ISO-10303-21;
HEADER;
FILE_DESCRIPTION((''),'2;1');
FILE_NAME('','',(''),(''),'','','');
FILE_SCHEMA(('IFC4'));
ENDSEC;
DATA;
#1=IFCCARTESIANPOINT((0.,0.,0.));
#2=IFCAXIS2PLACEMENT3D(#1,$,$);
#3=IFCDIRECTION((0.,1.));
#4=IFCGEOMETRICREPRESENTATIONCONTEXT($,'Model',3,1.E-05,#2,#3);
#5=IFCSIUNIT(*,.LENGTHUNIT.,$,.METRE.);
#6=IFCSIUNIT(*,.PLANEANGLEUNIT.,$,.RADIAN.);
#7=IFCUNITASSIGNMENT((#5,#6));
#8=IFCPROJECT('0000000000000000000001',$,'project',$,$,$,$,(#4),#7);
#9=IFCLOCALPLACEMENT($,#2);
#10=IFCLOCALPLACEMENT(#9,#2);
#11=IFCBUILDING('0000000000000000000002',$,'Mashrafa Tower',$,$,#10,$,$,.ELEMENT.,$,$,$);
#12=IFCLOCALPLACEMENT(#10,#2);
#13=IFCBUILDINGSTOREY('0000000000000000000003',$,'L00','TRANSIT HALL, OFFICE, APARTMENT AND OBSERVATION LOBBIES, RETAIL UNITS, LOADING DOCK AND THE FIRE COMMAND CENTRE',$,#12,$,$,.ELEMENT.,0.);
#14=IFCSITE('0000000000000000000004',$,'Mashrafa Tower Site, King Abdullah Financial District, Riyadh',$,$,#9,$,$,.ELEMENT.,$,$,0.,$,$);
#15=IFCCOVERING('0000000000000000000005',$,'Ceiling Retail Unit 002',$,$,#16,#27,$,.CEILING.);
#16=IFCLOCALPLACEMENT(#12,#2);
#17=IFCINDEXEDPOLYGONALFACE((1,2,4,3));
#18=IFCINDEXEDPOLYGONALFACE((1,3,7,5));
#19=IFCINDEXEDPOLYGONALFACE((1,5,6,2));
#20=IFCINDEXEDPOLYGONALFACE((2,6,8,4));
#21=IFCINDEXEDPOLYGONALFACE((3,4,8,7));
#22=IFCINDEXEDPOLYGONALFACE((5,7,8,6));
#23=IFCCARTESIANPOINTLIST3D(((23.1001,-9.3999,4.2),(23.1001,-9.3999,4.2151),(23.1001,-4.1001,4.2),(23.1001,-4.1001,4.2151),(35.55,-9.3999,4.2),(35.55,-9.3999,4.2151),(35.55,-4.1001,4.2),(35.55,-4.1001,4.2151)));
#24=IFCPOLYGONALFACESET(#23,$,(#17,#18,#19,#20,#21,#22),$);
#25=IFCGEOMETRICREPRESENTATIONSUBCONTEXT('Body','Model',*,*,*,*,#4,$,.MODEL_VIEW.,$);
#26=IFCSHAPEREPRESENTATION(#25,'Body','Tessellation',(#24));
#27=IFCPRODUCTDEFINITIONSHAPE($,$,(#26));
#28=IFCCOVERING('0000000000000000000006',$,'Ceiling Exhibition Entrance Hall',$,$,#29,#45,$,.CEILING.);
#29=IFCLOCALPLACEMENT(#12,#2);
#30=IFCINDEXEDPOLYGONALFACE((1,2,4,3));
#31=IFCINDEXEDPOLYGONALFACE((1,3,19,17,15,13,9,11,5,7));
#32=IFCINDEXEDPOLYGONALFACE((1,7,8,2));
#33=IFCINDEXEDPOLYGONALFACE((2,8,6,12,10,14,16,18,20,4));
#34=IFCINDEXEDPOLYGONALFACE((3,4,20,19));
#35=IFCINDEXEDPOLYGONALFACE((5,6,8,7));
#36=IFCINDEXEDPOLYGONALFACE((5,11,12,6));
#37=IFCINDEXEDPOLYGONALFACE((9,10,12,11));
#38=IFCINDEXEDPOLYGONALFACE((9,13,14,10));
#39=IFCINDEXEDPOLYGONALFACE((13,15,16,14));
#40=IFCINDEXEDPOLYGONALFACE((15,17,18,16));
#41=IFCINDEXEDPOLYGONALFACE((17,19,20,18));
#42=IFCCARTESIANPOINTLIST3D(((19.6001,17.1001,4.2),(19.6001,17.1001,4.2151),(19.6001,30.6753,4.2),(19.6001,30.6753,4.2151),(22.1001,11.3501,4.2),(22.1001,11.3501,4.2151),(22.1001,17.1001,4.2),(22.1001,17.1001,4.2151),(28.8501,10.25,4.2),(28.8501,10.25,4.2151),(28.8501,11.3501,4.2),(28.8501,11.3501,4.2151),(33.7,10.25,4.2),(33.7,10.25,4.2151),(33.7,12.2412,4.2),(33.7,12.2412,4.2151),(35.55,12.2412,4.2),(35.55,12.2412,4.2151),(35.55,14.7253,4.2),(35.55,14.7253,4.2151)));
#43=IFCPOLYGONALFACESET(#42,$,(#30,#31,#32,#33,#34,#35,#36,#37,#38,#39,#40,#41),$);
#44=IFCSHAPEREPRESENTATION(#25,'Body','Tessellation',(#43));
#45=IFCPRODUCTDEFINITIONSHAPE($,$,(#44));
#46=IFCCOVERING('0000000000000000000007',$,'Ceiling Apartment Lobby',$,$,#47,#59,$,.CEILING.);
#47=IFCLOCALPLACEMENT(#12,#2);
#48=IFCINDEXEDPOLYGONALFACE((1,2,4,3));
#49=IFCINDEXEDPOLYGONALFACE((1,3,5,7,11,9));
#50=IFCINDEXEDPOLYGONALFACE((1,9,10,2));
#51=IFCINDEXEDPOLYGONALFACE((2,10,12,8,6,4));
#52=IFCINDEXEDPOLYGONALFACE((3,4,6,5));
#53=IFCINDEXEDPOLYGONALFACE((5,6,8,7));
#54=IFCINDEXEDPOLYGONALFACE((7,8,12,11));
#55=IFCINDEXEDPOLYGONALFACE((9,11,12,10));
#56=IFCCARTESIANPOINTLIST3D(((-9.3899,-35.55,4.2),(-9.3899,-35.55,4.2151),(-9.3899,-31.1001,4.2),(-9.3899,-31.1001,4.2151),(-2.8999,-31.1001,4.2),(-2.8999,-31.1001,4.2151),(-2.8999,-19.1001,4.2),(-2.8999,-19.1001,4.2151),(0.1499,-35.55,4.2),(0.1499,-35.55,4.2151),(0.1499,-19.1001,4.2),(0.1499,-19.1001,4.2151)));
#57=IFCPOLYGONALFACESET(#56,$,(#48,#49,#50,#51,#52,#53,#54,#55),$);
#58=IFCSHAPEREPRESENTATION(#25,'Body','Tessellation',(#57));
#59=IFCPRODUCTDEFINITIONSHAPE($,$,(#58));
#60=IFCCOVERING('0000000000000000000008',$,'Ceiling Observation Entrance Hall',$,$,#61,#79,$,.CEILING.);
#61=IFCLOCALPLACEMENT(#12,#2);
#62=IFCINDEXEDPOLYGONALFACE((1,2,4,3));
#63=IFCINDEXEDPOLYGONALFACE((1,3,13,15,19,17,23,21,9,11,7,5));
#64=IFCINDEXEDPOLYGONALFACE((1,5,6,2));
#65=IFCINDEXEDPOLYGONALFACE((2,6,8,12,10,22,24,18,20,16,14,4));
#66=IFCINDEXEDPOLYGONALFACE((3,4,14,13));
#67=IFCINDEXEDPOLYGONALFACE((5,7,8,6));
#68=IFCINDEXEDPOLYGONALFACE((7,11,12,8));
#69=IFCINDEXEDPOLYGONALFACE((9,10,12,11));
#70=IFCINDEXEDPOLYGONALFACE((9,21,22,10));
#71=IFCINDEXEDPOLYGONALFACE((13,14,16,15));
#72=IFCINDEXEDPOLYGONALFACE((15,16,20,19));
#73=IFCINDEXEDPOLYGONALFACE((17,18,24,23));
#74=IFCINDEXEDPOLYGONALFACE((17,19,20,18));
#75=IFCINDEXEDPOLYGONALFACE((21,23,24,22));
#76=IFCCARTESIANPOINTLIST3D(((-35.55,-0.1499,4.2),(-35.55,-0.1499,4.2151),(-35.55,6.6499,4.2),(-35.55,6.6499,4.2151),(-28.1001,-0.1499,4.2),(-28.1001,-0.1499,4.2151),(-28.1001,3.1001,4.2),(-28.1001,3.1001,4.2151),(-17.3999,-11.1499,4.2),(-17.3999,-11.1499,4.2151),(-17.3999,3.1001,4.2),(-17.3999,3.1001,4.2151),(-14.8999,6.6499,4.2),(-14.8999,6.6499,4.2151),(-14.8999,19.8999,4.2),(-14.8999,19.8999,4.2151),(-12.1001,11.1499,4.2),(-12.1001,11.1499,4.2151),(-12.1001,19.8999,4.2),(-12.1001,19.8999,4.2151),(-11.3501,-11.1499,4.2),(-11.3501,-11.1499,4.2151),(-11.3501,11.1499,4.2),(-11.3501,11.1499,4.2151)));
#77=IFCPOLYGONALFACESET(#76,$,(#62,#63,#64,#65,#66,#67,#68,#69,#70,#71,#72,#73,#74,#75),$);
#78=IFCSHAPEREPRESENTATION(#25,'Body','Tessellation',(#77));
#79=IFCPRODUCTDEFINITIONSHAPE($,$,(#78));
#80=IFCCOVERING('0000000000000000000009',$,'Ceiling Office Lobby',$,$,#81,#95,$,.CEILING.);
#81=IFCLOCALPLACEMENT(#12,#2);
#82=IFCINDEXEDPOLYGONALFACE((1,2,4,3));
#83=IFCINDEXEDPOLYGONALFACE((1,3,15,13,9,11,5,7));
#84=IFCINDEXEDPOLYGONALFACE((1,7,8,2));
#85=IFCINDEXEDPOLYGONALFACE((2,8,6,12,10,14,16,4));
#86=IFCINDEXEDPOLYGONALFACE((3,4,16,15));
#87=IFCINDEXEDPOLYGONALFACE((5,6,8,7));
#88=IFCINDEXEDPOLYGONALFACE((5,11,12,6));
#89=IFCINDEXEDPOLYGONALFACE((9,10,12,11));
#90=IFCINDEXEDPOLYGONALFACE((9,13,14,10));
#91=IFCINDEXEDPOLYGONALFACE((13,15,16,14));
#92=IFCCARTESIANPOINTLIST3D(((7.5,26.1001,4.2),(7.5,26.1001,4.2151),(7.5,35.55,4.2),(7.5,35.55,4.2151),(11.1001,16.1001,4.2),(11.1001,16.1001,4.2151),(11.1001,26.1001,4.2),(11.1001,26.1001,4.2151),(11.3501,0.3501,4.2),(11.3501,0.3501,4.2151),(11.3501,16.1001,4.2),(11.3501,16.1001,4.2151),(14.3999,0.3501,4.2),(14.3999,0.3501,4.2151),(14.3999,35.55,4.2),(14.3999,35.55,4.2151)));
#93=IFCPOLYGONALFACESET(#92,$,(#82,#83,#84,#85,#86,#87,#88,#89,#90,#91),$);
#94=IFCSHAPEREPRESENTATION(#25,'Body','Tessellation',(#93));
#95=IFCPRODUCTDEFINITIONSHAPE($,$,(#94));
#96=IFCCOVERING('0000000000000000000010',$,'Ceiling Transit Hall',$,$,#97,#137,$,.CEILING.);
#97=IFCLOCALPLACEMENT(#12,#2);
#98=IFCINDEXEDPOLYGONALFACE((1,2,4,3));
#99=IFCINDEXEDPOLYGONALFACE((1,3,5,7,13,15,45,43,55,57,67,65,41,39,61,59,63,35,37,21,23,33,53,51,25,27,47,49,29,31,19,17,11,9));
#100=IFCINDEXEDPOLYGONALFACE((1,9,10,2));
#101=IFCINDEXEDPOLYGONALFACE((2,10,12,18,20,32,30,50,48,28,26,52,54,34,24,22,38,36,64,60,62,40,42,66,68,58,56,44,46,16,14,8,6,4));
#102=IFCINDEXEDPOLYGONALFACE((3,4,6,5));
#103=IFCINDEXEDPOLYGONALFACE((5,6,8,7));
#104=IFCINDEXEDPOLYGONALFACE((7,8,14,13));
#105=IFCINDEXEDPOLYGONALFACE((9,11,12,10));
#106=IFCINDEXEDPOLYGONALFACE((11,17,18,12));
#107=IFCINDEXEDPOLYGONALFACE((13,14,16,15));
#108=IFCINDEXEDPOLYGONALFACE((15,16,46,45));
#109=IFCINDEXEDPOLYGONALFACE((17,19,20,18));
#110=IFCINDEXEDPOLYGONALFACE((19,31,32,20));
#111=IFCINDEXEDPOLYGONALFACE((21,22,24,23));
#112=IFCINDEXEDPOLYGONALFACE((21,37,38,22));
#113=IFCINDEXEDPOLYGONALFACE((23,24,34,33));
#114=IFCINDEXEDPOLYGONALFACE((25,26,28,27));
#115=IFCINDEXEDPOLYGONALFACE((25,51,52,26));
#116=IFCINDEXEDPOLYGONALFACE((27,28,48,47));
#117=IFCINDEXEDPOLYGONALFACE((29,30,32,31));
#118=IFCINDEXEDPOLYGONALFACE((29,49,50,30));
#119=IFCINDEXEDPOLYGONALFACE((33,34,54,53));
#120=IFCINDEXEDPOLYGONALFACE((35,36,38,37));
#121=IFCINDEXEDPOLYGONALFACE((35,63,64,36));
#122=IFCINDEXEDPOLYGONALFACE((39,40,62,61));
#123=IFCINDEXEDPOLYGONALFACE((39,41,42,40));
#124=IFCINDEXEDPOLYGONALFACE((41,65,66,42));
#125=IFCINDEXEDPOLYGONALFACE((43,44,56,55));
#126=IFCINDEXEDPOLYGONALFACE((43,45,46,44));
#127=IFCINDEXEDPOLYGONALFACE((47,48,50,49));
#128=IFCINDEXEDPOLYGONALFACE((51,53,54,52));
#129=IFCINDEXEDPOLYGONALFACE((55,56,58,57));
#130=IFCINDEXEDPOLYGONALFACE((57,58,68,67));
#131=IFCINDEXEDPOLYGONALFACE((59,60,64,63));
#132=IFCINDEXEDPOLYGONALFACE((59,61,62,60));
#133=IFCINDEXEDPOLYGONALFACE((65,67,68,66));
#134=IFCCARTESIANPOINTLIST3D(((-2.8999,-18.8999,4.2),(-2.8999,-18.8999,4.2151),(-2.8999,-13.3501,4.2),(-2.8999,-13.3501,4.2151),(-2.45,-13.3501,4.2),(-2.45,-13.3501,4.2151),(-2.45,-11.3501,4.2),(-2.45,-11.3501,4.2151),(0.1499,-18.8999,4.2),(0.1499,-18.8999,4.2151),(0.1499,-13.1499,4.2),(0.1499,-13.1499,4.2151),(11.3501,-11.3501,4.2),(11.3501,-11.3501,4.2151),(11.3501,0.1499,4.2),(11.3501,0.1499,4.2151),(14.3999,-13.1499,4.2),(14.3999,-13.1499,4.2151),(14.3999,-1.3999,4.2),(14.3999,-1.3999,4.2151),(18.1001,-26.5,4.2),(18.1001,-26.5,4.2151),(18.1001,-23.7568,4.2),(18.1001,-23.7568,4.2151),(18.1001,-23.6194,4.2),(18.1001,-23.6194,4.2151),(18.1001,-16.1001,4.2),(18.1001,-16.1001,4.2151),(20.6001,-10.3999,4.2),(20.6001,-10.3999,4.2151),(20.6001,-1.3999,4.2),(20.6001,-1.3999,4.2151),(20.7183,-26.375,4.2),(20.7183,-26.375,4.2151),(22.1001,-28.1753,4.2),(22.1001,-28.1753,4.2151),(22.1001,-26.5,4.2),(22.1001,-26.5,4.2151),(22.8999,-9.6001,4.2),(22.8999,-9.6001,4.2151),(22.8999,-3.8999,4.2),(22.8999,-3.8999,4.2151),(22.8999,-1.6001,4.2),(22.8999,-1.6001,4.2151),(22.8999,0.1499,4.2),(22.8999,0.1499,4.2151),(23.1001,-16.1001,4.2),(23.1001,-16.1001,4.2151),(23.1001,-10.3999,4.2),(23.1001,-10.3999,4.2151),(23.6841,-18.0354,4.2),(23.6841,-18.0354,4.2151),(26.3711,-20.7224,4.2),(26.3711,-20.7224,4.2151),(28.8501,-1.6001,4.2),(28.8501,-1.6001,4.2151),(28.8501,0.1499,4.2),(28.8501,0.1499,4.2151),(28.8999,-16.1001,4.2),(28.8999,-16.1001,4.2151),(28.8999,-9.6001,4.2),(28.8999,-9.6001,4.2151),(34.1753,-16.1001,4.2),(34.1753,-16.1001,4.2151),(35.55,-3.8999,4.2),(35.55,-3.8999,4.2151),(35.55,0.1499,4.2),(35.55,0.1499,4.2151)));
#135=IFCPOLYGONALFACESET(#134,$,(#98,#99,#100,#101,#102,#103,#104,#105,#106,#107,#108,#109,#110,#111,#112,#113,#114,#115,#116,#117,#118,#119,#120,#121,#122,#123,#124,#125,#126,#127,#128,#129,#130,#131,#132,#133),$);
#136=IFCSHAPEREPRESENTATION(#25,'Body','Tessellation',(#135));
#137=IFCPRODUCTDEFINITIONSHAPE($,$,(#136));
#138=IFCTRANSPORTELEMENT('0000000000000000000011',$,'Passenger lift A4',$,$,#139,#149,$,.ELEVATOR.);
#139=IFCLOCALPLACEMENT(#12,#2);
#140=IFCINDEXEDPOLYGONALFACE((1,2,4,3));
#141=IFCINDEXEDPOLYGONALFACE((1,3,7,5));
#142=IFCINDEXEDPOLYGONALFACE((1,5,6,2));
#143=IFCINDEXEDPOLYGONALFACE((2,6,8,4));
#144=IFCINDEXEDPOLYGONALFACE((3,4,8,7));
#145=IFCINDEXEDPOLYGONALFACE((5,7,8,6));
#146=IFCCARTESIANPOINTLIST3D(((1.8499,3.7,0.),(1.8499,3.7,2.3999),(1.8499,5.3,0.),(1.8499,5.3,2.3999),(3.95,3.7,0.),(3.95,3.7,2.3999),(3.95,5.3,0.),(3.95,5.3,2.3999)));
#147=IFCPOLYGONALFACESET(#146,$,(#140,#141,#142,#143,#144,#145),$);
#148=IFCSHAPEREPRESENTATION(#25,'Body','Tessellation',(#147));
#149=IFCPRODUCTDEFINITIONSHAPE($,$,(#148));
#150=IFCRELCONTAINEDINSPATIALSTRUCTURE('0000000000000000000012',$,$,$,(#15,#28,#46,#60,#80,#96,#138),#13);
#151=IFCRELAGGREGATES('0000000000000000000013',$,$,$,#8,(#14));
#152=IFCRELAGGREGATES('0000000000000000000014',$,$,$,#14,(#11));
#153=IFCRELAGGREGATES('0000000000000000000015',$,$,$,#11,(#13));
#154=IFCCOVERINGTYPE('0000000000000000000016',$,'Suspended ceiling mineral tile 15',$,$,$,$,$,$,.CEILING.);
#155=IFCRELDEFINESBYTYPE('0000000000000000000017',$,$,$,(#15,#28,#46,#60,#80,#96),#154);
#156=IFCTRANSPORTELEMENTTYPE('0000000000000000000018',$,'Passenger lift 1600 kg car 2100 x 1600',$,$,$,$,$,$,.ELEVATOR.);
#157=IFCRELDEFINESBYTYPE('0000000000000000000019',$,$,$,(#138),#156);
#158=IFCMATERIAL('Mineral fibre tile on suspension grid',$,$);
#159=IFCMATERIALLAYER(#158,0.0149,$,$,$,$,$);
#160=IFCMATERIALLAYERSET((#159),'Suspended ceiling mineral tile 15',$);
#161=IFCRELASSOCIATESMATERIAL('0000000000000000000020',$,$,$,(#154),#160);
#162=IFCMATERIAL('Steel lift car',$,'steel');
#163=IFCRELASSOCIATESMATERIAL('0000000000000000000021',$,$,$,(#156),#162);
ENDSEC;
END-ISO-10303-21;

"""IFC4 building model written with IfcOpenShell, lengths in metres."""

from ifc_helpers import new_model, si_unit, direction, frame, origin, origin_2d, place, context, subcontext, project, spatial, polyline, rectangle, outline, extrude, material, layer, layer_set, type_object, element, save


model = new_model("IFC4")

# Units and contexts
model_context = context("Model", 3, precision=1e-05, world=origin(), true_north=direction((0.0, 1.0)))
body_context = subcontext(model_context, "Body", "Model", "MODEL_VIEW")
ifc_project = project(units=[si_unit("LENGTHUNIT", "METRE"), si_unit("PLANEANGLEUNIT", "RADIAN")], contexts=[model_context])

# Site, building, storey
site_placement = place(None, origin())
site = spatial("IfcSite", under=ifc_project, at=site_placement, Name="Mashrafa Tower Site, King Abdullah Financial District, Riyadh", CompositionType="ELEMENT", RefElevation=0.0)
building_placement = place(site_placement, origin())
building = spatial("IfcBuilding", under=site, at=building_placement, Name="Mashrafa Tower", CompositionType="ELEMENT")
storey_placement = place(building_placement, origin())
storey = spatial("IfcBuildingStorey", under=building, at=storey_placement, Name="L00", Description="TRANSIT HALL, OFFICE, APARTMENT AND OBSERVATION LOBBIES, RETAIL UNITS, LOADING DOCK AND THE FIRE COMMAND CENTRE", CompositionType="ELEMENT", Elevation=0.0)

# Coverings
ifc_material_1 = material(Name="Mineral fibre tile on suspension grid")
ifc_layer_1 = layer(ifc_material_1, 0.0149)
ifc_layer_set_1 = layer_set([ifc_layer_1], Name="Suspended ceiling mineral tile 15")
covering_type = type_object("IfcCoveringType", Name="Suspended ceiling mineral tile 15", PredefinedType="CEILING", material=ifc_layer_set_1)
covering_1_placement = place(storey_placement, frame((0.0, 0.0, 4.2)))
element("IfcCovering", 1, at=covering_1_placement, inside=storey, type_object=covering_type, Name="Ceiling Retail Unit 002", PredefinedType="CEILING", context=body_context, shape_type="SweptSolid", body=[
    extrude(outline(polyline([(23.1001, -4.1001), (35.55, -4.1001), (35.55, -9.3999), (23.1001, -9.3999), (23.1001, -4.1001)])), origin(), (0.0, 0.0, 1.0), 0.0151),
])
covering_2_placement = place(storey_placement, frame((0.0, 0.0, 4.2)))
element("IfcCovering", 2, at=covering_2_placement, inside=storey, type_object=covering_type, Name="Ceiling Exhibition Entrance Hall", PredefinedType="CEILING", context=body_context, shape_type="SweptSolid", body=[
    extrude(outline(polyline([(28.8501, 11.3501), (22.1001, 11.3501), (22.1001, 17.1001), (19.6001, 17.1001), (19.6001, 30.6753), (35.55, 14.7253), (35.55, 12.2412), (33.7, 12.2412), (33.7, 10.25), (28.8501, 10.25), (28.8501, 11.3501)])), origin(), (0.0, 0.0, 1.0), 0.0151),
])
covering_3_placement = place(storey_placement, frame((0.0, 0.0, 4.2)))
element("IfcCovering", 3, at=covering_3_placement, inside=storey, type_object=covering_type, Name="Ceiling Apartment Lobby", PredefinedType="CEILING", context=body_context, shape_type="SweptSolid", body=[
    extrude(outline(polyline([(0.1499, -19.1001), (0.1499, -35.55), (-9.3899, -35.55), (-9.3899, -31.1001), (-2.8999, -31.1001), (-2.8999, -19.1001), (0.1499, -19.1001)])), origin(), (0.0, 0.0, 1.0), 0.0151),
])
covering_4_placement = place(storey_placement, frame((0.0, 0.0, 4.2)))
element("IfcCovering", 4, at=covering_4_placement, inside=storey, type_object=covering_type, Name="Ceiling Observation Entrance Hall", PredefinedType="CEILING", context=body_context, shape_type="SweptSolid", body=[
    extrude(outline(polyline([(-17.3999, -11.1499), (-17.3999, 3.1001), (-28.1001, 3.1001), (-28.1001, -0.1499), (-35.55, -0.1499), (-35.55, 6.6499), (-14.8999, 6.6499), (-14.8999, 19.8999), (-12.1001, 19.8999), (-12.1001, 11.1499), (-11.3501, 11.1499), (-11.3501, -11.1499), (-17.3999, -11.1499)])), origin(), (0.0, 0.0, 1.0), 0.0151),
])
covering_5_placement = place(storey_placement, frame((0.0, 0.0, 4.2)))
element("IfcCovering", 5, at=covering_5_placement, inside=storey, type_object=covering_type, Name="Ceiling Office Lobby", PredefinedType="CEILING", context=body_context, shape_type="SweptSolid", body=[
    extrude(outline(polyline([(11.3501, 0.3501), (11.3501, 16.1001), (11.1001, 16.1001), (11.1001, 26.1001), (7.5, 26.1001), (7.5, 35.55), (14.3999, 35.55), (14.3999, 0.3501), (11.3501, 0.3501)])), origin(), (0.0, 0.0, 1.0), 0.0151),
])
covering_6_placement = place(storey_placement, frame((0.0, 0.0, 4.2)))
element("IfcCovering", 6, at=covering_6_placement, inside=storey, type_object=covering_type, Name="Ceiling Transit Hall", PredefinedType="CEILING", context=body_context, shape_type="SweptSolid", body=[
    extrude(outline(polyline([(18.1001, -23.7568), (20.7183, -26.375), (26.3711, -20.7224), (23.6841, -18.0354), (18.1001, -23.6194), (18.1001, -16.1001), (23.1001, -16.1001), (23.1001, -10.3999), (20.6001, -10.3999), (20.6001, -1.3999), (14.3999, -1.3999), (14.3999, -13.1499), (0.1499, -13.1499), (0.1499, -18.8999), (-2.8999, -18.8999), (-2.8999, -13.3501), (-2.45, -13.3501), (-2.45, -11.3501), (11.3501, -11.3501), (11.3501, 0.1499), (22.8999, 0.1499), (22.8999, -1.6001), (28.8501, -1.6001), (28.8501, 0.1499), (35.55, 0.1499), (35.55, -3.8999), (22.8999, -3.8999), (22.8999, -9.6001), (28.8999, -9.6001), (28.8999, -16.1001), (34.1753, -16.1001), (22.1001, -28.1753), (22.1001, -26.5), (18.1001, -26.5), (18.1001, -23.7568)])), origin(), (0.0, 0.0, 1.0), 0.0151),
])

# Transport element
ifc_material_2 = material(Name="Steel lift car", Category="steel")
transport_element_type = type_object("IfcTransportElementType", Name="Passenger lift 1600 kg car 2100 x 1600", PredefinedType="ELEVATOR", material=ifc_material_2)
transport_element_placement = place(storey_placement, frame((2.8999, 4.5, 0.0), z_axis=(0.0, 0.0, 1.0), x_axis=(1.0, 0.0, 0.0)))
element("IfcTransportElement", 7, at=transport_element_placement, inside=storey, type_object=transport_element_type, Name="Passenger lift A4", PredefinedType="ELEVATOR", context=body_context, shape_type="SweptSolid", body=[
    extrude(rectangle(XDim=2.1001, YDim=1.6001, at=origin_2d()), origin(), (0.0, 0.0, 1.0), 2.3999),
])

save(model, "model.ifc")
